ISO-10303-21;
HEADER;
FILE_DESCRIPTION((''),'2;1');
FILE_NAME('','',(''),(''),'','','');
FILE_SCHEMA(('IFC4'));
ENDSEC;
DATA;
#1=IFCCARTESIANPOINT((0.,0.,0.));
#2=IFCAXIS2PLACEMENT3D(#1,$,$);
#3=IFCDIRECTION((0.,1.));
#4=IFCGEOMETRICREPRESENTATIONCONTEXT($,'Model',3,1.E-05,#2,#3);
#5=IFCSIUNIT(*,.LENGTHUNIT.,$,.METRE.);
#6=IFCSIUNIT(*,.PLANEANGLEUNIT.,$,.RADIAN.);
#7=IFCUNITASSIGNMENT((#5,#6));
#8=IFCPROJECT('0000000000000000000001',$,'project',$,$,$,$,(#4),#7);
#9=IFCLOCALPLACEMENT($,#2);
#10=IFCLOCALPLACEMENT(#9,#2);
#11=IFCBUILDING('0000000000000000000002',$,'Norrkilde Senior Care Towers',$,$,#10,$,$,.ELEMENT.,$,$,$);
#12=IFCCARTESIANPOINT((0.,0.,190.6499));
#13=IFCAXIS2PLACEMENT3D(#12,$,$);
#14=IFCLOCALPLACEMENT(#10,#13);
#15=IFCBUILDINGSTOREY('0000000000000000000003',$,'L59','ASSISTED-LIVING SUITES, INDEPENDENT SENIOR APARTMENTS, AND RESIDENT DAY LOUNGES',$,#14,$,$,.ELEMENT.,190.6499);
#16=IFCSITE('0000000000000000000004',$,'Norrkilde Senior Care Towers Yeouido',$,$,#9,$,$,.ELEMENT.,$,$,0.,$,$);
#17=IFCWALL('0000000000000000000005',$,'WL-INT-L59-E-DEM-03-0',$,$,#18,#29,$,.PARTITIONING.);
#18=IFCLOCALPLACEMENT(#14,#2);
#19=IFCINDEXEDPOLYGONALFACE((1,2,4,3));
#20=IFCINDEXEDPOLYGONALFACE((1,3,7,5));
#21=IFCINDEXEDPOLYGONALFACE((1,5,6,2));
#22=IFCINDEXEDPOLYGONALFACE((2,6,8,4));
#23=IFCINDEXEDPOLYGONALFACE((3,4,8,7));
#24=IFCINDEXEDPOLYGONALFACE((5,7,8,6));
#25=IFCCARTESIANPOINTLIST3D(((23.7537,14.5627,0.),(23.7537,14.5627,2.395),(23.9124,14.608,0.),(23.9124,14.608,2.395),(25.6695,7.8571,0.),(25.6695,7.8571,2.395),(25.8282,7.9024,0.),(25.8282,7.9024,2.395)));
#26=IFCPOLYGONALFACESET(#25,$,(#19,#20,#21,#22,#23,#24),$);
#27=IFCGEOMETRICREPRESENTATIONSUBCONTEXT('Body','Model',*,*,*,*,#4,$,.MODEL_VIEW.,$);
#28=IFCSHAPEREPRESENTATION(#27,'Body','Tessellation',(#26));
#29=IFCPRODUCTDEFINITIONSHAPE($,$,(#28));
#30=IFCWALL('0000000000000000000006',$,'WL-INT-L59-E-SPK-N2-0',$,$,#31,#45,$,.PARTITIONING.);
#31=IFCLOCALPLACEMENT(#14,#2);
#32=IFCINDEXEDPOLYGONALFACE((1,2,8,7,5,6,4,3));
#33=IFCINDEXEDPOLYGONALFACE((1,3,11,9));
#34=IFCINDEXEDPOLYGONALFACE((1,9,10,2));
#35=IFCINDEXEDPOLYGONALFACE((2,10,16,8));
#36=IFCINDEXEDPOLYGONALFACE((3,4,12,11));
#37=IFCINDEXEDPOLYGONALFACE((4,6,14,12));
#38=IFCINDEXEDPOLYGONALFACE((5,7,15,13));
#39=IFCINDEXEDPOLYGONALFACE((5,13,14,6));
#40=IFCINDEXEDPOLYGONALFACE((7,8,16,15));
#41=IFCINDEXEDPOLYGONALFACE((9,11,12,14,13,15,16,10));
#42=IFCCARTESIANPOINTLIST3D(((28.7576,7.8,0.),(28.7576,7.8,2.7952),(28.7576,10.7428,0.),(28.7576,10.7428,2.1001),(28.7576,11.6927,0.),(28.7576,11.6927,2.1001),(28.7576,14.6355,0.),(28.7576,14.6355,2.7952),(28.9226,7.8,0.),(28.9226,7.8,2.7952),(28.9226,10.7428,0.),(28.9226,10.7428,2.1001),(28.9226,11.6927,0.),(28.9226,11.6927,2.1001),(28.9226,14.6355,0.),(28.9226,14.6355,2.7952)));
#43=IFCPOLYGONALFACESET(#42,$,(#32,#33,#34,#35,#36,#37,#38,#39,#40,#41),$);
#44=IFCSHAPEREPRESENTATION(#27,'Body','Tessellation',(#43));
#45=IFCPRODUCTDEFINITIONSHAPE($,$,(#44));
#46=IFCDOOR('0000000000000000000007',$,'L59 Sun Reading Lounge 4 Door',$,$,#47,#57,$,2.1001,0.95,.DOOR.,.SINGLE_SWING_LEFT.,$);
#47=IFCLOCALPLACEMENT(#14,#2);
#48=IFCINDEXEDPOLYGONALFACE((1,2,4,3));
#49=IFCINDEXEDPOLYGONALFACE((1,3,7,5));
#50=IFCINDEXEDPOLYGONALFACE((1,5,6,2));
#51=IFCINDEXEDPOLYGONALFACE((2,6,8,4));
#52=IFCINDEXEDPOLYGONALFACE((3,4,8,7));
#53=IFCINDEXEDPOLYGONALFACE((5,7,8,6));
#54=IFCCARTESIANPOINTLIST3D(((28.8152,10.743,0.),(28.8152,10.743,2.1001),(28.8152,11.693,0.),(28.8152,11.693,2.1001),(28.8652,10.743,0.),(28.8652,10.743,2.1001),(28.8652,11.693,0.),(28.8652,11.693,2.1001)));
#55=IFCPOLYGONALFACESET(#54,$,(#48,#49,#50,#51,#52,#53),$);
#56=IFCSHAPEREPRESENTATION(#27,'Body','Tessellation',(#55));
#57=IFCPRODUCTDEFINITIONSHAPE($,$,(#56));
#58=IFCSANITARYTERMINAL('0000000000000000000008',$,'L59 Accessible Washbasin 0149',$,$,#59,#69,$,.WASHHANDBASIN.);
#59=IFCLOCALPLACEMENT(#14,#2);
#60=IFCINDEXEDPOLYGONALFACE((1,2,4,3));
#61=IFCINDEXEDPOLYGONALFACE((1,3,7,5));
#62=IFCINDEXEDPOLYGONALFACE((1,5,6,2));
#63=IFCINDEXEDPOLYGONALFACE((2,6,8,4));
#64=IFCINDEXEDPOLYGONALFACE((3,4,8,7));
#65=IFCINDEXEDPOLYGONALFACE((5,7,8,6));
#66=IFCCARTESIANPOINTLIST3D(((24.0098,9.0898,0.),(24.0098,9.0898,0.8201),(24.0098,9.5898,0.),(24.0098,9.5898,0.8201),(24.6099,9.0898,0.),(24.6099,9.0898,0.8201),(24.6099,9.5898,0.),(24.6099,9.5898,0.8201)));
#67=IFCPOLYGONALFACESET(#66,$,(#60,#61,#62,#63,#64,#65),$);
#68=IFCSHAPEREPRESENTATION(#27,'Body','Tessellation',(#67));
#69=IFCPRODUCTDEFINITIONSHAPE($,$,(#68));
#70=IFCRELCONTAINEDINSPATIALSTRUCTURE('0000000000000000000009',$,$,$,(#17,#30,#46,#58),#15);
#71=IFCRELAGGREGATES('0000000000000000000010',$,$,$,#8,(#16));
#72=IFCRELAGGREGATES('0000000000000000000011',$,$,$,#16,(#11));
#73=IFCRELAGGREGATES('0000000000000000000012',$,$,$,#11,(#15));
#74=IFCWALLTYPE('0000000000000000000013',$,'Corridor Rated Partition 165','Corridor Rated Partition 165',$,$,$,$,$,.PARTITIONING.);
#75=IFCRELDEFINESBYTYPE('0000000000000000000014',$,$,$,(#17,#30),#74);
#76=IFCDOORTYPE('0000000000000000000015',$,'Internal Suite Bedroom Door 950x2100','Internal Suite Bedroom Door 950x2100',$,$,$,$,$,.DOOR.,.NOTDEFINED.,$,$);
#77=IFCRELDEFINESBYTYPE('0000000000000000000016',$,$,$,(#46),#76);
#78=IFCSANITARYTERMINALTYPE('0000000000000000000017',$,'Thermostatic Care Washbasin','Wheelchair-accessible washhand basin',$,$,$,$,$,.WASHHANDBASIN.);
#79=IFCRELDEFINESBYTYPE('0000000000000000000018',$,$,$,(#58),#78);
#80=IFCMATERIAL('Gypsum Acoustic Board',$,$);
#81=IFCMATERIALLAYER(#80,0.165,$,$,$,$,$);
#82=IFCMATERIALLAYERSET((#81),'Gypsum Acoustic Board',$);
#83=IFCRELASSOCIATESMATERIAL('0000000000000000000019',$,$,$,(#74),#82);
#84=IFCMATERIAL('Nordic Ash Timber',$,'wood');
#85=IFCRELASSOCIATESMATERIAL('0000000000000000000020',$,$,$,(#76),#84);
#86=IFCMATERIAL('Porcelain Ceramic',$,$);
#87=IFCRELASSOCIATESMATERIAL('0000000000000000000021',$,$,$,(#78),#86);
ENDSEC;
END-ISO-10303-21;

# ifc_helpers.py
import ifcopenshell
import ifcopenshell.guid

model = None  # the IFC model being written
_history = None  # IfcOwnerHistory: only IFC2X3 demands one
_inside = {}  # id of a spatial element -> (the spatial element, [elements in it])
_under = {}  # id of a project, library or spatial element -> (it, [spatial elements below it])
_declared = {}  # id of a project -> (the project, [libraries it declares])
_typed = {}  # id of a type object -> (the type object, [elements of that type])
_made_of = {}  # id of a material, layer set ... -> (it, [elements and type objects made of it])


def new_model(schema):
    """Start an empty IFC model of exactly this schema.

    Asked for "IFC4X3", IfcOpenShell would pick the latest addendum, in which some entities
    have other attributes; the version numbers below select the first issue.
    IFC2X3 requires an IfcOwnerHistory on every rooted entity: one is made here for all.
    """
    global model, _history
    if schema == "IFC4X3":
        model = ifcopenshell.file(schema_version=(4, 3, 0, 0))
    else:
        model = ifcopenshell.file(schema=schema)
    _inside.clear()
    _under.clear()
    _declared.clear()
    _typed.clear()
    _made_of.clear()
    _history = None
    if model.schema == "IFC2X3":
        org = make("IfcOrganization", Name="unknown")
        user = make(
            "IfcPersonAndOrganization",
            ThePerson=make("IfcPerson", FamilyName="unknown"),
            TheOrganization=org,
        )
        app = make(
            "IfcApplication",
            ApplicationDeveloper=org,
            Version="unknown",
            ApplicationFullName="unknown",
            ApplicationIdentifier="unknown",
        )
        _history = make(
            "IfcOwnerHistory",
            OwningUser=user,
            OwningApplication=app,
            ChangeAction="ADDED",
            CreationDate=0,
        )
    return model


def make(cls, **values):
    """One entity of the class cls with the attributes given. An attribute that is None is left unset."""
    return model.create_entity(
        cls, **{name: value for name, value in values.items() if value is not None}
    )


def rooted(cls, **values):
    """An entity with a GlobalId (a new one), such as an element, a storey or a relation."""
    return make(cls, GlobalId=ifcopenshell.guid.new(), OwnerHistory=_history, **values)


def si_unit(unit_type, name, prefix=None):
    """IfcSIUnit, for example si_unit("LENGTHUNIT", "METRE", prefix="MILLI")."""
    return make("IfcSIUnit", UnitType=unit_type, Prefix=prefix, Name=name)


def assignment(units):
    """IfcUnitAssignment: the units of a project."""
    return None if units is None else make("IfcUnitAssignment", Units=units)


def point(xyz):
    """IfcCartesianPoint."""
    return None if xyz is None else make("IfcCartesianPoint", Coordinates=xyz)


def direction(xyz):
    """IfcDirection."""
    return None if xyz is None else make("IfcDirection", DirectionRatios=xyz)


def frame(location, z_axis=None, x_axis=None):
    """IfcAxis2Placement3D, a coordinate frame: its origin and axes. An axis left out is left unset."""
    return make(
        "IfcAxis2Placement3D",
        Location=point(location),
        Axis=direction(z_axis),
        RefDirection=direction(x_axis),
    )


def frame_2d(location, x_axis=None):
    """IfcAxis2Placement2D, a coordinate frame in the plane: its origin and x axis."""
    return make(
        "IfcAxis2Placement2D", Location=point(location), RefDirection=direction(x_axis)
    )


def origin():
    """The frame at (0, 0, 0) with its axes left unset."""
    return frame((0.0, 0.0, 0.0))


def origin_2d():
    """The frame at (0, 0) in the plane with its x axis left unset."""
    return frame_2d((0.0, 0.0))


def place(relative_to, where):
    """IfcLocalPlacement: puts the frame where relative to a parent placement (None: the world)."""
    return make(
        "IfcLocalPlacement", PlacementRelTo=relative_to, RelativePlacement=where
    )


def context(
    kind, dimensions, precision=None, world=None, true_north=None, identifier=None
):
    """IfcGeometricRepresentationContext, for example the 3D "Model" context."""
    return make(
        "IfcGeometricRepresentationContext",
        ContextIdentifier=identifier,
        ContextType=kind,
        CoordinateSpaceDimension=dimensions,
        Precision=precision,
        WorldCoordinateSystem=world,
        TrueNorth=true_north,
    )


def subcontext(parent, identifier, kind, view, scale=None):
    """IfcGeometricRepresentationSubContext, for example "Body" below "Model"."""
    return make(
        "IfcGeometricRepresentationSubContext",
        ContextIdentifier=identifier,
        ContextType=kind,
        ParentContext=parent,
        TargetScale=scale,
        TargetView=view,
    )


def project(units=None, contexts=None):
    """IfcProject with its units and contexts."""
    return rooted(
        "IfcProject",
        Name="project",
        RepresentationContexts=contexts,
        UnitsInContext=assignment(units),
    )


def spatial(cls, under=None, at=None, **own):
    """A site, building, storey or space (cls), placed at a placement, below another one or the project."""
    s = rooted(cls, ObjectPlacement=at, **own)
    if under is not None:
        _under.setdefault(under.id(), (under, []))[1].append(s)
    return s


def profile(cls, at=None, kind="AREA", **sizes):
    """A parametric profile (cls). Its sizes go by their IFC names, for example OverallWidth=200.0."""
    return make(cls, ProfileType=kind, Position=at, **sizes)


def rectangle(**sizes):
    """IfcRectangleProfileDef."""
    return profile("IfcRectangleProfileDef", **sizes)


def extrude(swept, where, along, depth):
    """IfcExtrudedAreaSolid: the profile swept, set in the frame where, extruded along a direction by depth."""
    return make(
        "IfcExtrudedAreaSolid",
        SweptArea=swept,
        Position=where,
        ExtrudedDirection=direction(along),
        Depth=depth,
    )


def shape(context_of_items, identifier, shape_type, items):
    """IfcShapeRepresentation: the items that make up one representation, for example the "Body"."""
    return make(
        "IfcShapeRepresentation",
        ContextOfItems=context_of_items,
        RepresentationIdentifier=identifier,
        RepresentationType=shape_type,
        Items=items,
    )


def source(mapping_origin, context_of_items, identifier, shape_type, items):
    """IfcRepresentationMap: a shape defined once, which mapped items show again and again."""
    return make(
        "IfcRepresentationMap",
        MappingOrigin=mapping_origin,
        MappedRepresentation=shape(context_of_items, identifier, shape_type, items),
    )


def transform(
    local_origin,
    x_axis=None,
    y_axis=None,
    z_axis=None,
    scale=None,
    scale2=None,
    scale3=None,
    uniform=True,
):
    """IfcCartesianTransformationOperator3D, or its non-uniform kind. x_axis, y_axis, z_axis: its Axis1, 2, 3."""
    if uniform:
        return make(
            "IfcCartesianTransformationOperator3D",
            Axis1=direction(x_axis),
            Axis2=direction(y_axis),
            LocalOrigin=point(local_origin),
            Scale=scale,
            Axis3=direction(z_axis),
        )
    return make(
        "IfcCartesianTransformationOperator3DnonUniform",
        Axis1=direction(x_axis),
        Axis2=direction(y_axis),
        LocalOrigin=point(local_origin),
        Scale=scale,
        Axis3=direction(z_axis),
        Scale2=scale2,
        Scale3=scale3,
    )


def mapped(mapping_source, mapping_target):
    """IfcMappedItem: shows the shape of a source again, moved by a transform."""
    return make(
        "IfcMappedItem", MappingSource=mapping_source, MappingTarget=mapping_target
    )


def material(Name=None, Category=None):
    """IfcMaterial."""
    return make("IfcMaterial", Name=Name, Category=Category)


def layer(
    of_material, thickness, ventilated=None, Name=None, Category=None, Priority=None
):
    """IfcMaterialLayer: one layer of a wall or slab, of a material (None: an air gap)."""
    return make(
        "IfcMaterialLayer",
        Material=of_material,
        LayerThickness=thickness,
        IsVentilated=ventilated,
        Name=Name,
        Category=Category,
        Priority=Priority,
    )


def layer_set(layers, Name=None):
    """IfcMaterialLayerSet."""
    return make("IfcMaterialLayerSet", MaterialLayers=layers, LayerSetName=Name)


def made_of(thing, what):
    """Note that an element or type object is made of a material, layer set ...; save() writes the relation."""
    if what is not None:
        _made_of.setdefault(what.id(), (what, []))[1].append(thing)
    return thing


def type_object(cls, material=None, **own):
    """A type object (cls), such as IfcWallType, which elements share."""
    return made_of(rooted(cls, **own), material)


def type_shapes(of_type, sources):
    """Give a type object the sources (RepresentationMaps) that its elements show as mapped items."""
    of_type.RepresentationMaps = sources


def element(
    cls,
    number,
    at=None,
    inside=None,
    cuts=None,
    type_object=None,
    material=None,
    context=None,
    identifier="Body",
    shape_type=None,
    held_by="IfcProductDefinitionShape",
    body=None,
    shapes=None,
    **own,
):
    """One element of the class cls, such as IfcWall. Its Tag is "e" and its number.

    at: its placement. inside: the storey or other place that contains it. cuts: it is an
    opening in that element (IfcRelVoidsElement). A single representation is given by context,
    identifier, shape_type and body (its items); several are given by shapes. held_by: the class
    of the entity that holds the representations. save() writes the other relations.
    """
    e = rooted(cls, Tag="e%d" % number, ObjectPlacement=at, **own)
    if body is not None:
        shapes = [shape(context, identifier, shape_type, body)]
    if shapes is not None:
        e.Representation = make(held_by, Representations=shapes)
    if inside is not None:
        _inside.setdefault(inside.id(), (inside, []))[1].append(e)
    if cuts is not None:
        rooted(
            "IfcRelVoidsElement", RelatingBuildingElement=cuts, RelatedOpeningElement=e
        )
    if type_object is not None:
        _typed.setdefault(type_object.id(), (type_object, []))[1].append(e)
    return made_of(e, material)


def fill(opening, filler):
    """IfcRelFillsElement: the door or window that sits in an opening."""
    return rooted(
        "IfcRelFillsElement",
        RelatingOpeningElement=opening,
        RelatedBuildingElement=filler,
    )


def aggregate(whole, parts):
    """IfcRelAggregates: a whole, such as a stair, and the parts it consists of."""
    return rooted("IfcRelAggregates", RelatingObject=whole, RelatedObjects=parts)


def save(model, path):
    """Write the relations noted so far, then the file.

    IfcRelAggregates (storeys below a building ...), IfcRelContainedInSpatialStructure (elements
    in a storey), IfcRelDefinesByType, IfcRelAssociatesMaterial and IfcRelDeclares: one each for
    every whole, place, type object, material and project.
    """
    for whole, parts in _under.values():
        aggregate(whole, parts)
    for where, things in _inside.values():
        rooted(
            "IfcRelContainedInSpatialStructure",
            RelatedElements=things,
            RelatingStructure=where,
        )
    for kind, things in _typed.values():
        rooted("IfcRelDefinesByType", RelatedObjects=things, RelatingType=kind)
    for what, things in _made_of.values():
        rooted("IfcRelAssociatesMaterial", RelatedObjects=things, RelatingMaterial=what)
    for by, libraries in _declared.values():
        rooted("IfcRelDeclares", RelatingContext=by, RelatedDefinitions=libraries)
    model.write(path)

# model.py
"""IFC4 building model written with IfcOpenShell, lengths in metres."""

from ifc_helpers import new_model, si_unit, direction, frame, frame_2d, origin, origin_2d, place, context, subcontext, project, spatial, rectangle, extrude, source, transform, mapped, material, layer, layer_set, type_object, type_shapes, element, fill, save


model = new_model("IFC4")

# Units and contexts
model_context = context("Model", 3, precision=1e-05, world=origin(), true_north=direction((0.0, 1.0)))
body_context = subcontext(model_context, "Body", "Model", "MODEL_VIEW")
ifc_project = project(units=[si_unit("LENGTHUNIT", "METRE"), si_unit("PLANEANGLEUNIT", "RADIAN")], contexts=[model_context])

# Site, building, storey
site_placement = place(None, origin())
site = spatial("IfcSite", under=ifc_project, at=site_placement, Name="Norrkilde Senior Care Towers Yeouido", CompositionType="ELEMENT", RefElevation=0.0)
building_placement = place(site_placement, origin())
building = spatial("IfcBuilding", under=site, at=building_placement, Name="Norrkilde Senior Care Towers", CompositionType="ELEMENT")
storey_placement = place(building_placement, frame((0.0, 0.0, 190.6499)))
storey = spatial("IfcBuildingStorey", under=building, at=storey_placement, Name="L59", Description="ASSISTED-LIVING SUITES, INDEPENDENT SENIOR APARTMENTS, AND RESIDENT DAY LOUNGES", CompositionType="ELEMENT", Elevation=190.6499)

# Shared definitions
ifc_material_1 = material(Name="Gypsum Acoustic Board")
ifc_layer_1 = layer(ifc_material_1, 0.165)
ifc_layer_set_1 = layer_set([ifc_layer_1], Name="Gypsum Acoustic Board")
wall_type = type_object("IfcWallType", Name="Corridor Rated Partition 165", Description="Corridor Rated Partition 165", PredefinedType="PARTITIONING", material=ifc_layer_set_1)
ifc_material_2 = material(Name="Nordic Ash Timber", Category="wood")

# Wall
shared_shape_1 = source(origin(), body_context, "Body", "SweptSolid", [
    extrude(rectangle(XDim=6.9739, YDim=0.165, at=frame_2d((3.4868, 0.0))), origin(), (0.0, 0.0, 1.0), 2.395),
])
for number, where, z_axis, x_axis, name in (
    (1, (25.7488, 7.8799, 0.0), (0.0, 0.0, 1.0), (-0.274707, 0.961528, 0.0), "WL-INT-L59-E-DEM-03-0"),
):
    element("IfcWall", number, at=place(storey_placement, frame(where, z_axis=z_axis, x_axis=x_axis)), inside=storey, type_object=wall_type, Name=name, PredefinedType="PARTITIONING", context=body_context, shape_type="MappedRepresentation", body=[
        mapped(shared_shape_1, transform((0.0, 0.0, 0.0), x_axis=(1.0, 0.0, 0.0), y_axis=(0.0, 1.0, 0.0), z_axis=(0.0, 0.0, 1.0), scale=1.0)),
    ])

# Wall, opening, door
shared_shape_2 = source(origin(), body_context, "Body", "SweptSolid", [
    extrude(rectangle(XDim=6.8354, YDim=0.165, at=frame_2d((3.4177, 0.0))), origin(), (0.0, 0.0, 1.0), 2.7952),
])
wall_1_placement = place(storey_placement, frame((28.8401, 14.6355, 0.0), z_axis=(0.0, 0.0, 1.0), x_axis=(0.0, -1.0, 0.0)))
wall_1 = element("IfcWall", 2, at=wall_1_placement, inside=storey, type_object=wall_type, Name="WL-INT-L59-E-SPK-N2-0", PredefinedType="PARTITIONING", context=body_context, shape_type="MappedRepresentation", body=[
    mapped(shared_shape_2, transform((0.0, 0.0, 0.0), x_axis=(1.0, 0.0, 0.0), y_axis=(0.0, 1.0, 0.0), z_axis=(0.0, 0.0, 1.0), scale=1.0)),
])
opening_1_placement = place(wall_1_placement, frame((2.9426, 0.0, 0.0)))
opening_1 = element("IfcOpeningElement", 3, at=opening_1_placement, cuts=wall_1, PredefinedType="OPENING", context=body_context, shape_type="SweptSolid", body=[
    extrude(rectangle(XDim=0.95, YDim=2.1001, at=frame_2d((0.4751, 1.05))), frame((0.0, 0.0925, 0.0), z_axis=(0.0, -1.0, 0.0), x_axis=(1.0, 0.0, 0.0)), (0.0, 0.0, 1.0), 0.1851),
])
door_type_1 = type_object("IfcDoorType", Name="Internal Suite Bedroom Door 950x2100", Description="Internal Suite Bedroom Door 950x2100", OperationType="NOTDEFINED", PredefinedType="DOOR", material=ifc_material_2)
shared_shape_3 = source(origin(), body_context, "Body", "SweptSolid", [
    extrude(rectangle(XDim=0.95, YDim=2.1001, at=frame_2d((0.4751, 1.05))), frame((0.0, 0.0249, 0.0), z_axis=(0.0, -1.0, 0.0), x_axis=(1.0, 0.0, 0.0)), (0.0, 0.0, 1.0), 0.05),
])
type_shapes(door_type_1, [shared_shape_3])
door_1_placement = place(opening_1_placement, frame((0.95, 0.0, 0.0), z_axis=(0.0, 0.0, 1.0), x_axis=(-1.0, 0.0, 0.0)))
door_1 = element("IfcDoor", 4, at=door_1_placement, inside=storey, type_object=door_type_1, Name="L59 Sun Reading Lounge 4 Door", OperationType="SINGLE_SWING_LEFT", OverallHeight=2.1001, OverallWidth=0.95, PredefinedType="DOOR", context=body_context, shape_type="MappedRepresentation", body=[
    mapped(shared_shape_3, transform((0.0, 0.0, 0.0), x_axis=(1.0, 0.0, 0.0), y_axis=(0.0, 1.0, 0.0), z_axis=(0.0, 0.0, 1.0), scale=1.0)),
])
fill(opening_1, door_1)

# Sanitary terminal
ifc_material_3 = material(Name="Porcelain Ceramic")
sanitary_terminal_type = type_object("IfcSanitaryTerminalType", Name="Thermostatic Care Washbasin", Description="Wheelchair-accessible washhand basin", PredefinedType="WASHHANDBASIN", material=ifc_material_3)
shared_shape_4 = source(origin(), body_context, "Body", "SweptSolid", [
    extrude(rectangle(XDim=0.6001, YDim=0.5, at=origin_2d()), origin(), (0.0, 0.0, 1.0), 0.8201),
])
type_shapes(sanitary_terminal_type, [shared_shape_4])
sanitary_terminal_placement = place(storey_placement, frame((24.3098, 9.3398, 0.0), z_axis=(0.0, 0.0, 1.0), x_axis=(1.0, 0.0, 0.0)))
element("IfcSanitaryTerminal", 5, at=sanitary_terminal_placement, inside=storey, type_object=sanitary_terminal_type, Name="L59 Accessible Washbasin 0149", PredefinedType="WASHHANDBASIN", context=body_context, shape_type="MappedRepresentation", body=[
    mapped(shared_shape_4, transform((0.0, 0.0, 0.0), x_axis=(1.0, 0.0, 0.0), y_axis=(0.0, 1.0, 0.0), z_axis=(0.0, 0.0, 1.0), scale=1.0)),
])

save(model, "model.ifc")
